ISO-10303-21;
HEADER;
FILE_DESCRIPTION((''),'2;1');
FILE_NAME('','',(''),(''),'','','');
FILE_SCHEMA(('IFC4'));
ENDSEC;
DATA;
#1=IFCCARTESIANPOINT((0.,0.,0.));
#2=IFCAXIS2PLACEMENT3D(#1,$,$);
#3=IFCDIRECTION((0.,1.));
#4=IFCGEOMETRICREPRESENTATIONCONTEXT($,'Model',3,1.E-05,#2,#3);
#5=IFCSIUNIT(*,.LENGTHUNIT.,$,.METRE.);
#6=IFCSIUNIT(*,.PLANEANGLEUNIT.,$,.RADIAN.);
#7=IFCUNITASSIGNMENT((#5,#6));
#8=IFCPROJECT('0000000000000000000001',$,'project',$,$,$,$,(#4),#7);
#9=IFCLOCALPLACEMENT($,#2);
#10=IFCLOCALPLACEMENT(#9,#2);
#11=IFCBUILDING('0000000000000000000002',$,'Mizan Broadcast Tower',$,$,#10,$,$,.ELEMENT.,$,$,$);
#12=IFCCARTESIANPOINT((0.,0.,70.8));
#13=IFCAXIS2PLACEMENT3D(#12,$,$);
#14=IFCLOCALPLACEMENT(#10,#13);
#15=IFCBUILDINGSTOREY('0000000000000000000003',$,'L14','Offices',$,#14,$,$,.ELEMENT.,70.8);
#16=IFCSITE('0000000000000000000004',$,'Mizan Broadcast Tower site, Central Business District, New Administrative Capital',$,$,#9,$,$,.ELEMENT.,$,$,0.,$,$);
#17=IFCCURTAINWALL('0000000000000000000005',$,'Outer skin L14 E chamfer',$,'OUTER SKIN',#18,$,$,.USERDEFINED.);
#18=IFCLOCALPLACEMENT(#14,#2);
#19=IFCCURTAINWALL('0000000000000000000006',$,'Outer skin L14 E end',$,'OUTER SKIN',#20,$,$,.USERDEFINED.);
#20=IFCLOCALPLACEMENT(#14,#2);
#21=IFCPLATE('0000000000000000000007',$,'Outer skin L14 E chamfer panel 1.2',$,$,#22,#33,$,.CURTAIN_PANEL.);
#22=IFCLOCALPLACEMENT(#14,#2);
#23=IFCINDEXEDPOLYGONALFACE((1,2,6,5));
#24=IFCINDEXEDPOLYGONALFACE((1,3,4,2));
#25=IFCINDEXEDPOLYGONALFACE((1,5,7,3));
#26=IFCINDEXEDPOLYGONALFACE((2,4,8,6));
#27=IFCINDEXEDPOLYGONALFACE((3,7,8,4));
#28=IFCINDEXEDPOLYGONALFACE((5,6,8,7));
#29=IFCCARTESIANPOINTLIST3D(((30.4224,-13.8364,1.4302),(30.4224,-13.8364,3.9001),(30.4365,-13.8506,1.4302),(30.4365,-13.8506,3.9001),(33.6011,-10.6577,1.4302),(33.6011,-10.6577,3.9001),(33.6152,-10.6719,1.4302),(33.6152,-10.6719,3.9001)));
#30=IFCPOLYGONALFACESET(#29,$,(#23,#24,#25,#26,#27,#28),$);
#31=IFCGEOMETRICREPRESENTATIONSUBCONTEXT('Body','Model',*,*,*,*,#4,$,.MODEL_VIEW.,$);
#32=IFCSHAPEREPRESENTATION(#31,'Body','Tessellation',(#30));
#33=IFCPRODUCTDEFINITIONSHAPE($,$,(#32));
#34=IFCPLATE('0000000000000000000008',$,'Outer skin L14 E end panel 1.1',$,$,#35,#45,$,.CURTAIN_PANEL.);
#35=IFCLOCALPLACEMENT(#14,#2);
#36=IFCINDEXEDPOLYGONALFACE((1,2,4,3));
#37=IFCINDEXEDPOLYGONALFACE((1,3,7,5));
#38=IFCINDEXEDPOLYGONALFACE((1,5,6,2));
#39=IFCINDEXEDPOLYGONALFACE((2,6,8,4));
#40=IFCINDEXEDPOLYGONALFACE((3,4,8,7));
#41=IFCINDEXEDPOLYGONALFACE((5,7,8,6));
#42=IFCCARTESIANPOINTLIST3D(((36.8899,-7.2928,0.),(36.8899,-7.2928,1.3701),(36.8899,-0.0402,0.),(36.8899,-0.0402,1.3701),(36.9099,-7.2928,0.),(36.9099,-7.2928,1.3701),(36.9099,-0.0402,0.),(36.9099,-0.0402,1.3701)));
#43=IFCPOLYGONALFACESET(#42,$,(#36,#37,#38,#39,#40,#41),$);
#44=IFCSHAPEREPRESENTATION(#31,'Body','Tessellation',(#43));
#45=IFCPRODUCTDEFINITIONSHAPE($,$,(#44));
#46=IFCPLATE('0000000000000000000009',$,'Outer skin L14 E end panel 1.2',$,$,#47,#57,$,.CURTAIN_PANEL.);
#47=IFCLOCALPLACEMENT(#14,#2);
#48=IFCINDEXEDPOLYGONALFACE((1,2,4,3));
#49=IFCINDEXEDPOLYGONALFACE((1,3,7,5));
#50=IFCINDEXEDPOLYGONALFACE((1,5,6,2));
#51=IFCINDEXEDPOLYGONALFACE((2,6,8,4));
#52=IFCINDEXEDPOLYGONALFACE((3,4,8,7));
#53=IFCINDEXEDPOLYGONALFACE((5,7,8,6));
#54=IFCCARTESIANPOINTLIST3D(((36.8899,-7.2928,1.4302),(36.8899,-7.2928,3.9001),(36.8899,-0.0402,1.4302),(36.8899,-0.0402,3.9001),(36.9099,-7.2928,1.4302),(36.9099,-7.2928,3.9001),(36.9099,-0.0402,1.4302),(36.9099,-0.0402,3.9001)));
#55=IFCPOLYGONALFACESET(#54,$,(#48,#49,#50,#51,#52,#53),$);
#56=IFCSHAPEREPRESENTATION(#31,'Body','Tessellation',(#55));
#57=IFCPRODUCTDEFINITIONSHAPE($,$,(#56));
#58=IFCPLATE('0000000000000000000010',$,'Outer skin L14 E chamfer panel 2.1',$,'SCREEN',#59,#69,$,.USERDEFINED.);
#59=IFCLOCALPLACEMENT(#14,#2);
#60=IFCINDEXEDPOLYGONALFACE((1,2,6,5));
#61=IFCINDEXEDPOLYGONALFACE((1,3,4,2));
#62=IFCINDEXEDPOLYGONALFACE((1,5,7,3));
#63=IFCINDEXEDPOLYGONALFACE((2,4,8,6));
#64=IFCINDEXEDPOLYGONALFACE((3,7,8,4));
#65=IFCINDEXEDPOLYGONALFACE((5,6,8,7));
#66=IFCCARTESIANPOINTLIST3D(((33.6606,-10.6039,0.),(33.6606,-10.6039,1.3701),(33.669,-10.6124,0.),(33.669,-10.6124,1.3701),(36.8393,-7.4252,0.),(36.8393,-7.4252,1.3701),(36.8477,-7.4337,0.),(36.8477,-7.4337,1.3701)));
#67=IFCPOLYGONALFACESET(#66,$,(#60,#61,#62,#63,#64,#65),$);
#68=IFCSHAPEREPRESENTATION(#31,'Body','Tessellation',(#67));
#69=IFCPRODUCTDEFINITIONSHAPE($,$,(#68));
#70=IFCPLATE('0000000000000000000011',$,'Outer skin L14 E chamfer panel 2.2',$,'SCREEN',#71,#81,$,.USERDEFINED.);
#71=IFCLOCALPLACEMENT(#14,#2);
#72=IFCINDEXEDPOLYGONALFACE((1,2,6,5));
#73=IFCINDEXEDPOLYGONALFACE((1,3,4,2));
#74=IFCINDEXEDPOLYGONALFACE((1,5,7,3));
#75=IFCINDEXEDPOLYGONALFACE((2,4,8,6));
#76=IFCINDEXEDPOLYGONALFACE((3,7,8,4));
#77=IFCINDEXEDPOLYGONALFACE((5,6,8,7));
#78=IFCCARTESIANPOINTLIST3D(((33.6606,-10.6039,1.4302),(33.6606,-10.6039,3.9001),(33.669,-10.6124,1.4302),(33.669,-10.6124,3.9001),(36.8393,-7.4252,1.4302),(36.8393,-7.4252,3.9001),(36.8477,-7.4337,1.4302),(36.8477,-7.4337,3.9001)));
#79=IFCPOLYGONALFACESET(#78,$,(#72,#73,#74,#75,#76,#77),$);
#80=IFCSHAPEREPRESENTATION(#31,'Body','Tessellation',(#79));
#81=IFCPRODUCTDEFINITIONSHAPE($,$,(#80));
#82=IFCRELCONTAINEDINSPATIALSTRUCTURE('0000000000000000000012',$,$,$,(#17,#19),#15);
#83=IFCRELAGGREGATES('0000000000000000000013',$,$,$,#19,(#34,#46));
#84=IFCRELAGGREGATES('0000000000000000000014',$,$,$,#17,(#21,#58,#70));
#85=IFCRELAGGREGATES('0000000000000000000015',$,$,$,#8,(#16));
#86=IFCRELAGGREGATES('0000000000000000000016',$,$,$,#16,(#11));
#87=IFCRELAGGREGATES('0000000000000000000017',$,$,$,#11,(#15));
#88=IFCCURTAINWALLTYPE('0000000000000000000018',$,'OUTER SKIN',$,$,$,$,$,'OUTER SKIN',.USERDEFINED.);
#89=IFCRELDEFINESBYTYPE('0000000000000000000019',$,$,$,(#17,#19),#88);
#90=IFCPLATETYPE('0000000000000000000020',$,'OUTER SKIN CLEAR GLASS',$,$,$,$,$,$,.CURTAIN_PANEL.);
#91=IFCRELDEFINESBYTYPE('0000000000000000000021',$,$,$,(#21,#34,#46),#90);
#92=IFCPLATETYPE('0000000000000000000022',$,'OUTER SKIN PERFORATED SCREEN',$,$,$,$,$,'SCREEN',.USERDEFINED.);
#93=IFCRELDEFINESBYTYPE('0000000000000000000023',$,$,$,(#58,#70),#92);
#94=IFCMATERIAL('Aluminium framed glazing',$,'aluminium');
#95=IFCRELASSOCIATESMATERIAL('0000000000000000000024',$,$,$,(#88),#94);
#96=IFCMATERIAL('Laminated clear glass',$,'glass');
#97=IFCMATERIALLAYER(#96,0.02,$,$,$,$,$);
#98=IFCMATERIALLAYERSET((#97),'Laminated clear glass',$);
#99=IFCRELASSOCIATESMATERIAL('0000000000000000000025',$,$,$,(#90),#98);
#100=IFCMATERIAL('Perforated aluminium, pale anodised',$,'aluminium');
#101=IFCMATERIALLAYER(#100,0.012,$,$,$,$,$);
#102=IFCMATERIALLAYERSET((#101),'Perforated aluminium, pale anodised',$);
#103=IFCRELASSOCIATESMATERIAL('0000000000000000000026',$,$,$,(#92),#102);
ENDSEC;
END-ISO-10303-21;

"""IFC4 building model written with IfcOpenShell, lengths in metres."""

from ifc_helpers import new_model, si_unit, direction, frame, origin, origin_2d, place, context, subcontext, project, spatial, rectangle, extrude, material, layer, layer_set, type_object, element, aggregate, save


model = new_model("IFC4")

# Units and contexts
model_context = context("Model", 3, precision=1e-05, world=origin(), true_north=direction((0.0, 1.0)))
body_context = subcontext(model_context, "Body", "Model", "MODEL_VIEW")
ifc_project = project(units=[si_unit("LENGTHUNIT", "METRE"), si_unit("PLANEANGLEUNIT", "RADIAN")], contexts=[model_context])

# Site, building, storey
site_placement = place(None, origin())
site = spatial("IfcSite", under=ifc_project, at=site_placement, Name="Mizan Broadcast Tower site, Central Business District, New Administrative Capital", CompositionType="ELEMENT", RefElevation=0.0)
building_placement = place(site_placement, origin())
building = spatial("IfcBuilding", under=site, at=building_placement, Name="Mizan Broadcast Tower", CompositionType="ELEMENT")
storey_placement = place(building_placement, frame((0.0, 0.0, 70.8)))
storey = spatial("IfcBuildingStorey", under=building, at=storey_placement, Name="L14", Description="Offices", CompositionType="ELEMENT", Elevation=70.8)

# Curtain wall
ifc_material_1 = material(Name="Aluminium framed glazing", Category="aluminium")
curtain_wall_type_1 = type_object("IfcCurtainWallType", Name="OUTER SKIN", ElementType="OUTER SKIN", PredefinedType="USERDEFINED", material=ifc_material_1)
curtain_wall_1_placement = place(storey_placement, origin())
curtain_wall_1 = element("IfcCurtainWall", 1, at=curtain_wall_1_placement, inside=storey, type_object=curtain_wall_type_1, Name="Outer skin L14 E chamfer", ObjectType="OUTER SKIN", PredefinedType="USERDEFINED")

# Curtain wall
curtain_wall_2_placement = place(storey_placement, origin())
curtain_wall_2 = element("IfcCurtainWall", 2, at=curtain_wall_2_placement, inside=storey, type_object=curtain_wall_type_1, Name="Outer skin L14 E end", ObjectType="OUTER SKIN", PredefinedType="USERDEFINED")

# Plates
ifc_material_2 = material(Name="Laminated clear glass", Category="glass")
ifc_layer_1 = layer(ifc_material_2, 0.02)
ifc_layer_set_1 = layer_set([ifc_layer_1], Name="Laminated clear glass")
plate_type_1 = type_object("IfcPlateType", Name="OUTER SKIN CLEAR GLASS", PredefinedType="CURTAIN_PANEL", material=ifc_layer_set_1)
plate_1_placement = place(storey_placement, frame((32.0188, -12.2542, 1.4302), z_axis=(0.0, 0.0, 1.0), x_axis=(0.707107, 0.707107, 0.0)))
plate_1 = element("IfcPlate", 3, at=plate_1_placement, type_object=plate_type_1, Name="Outer skin L14 E chamfer panel 1.2", PredefinedType="CURTAIN_PANEL", context=body_context, shape_type="SweptSolid", body=[
    extrude(rectangle(XDim=4.4954, YDim=0.02, at=origin_2d()), origin(), (0.0, 0.0, 1.0), 2.47),
])
plate_2_placement = place(storey_placement, frame((36.8999, -3.6665, 0.0), z_axis=(0.0, 0.0, 1.0), x_axis=(0.0, 1.0, 0.0)))
plate_2 = element("IfcPlate", 4, at=plate_2_placement, type_object=plate_type_1, Name="Outer skin L14 E end panel 1.1", PredefinedType="CURTAIN_PANEL", context=body_context, shape_type="SweptSolid", body=[
    extrude(rectangle(XDim=7.2527, YDim=0.02, at=origin_2d()), origin(), (0.0, 0.0, 1.0), 1.3701),
])
plate_3_placement = place(storey_placement, frame((36.8999, -3.6665, 1.4302), z_axis=(0.0, 0.0, 1.0), x_axis=(0.0, 1.0, 0.0)))
plate_3 = element("IfcPlate", 5, at=plate_3_placement, type_object=plate_type_1, Name="Outer skin L14 E end panel 1.2", PredefinedType="CURTAIN_PANEL", context=body_context, shape_type="SweptSolid", body=[
    extrude(rectangle(XDim=7.2527, YDim=0.02, at=origin_2d()), origin(), (0.0, 0.0, 1.0), 2.47),
])
aggregate(curtain_wall_2, [plate_2, plate_3])
ifc_material_3 = material(Name="Perforated aluminium, pale anodised", Category="aluminium")
ifc_layer_2 = layer(ifc_material_3, 0.012)
ifc_layer_set_2 = layer_set([ifc_layer_2], Name="Perforated aluminium, pale anodised")
plate_type_2 = type_object("IfcPlateType", Name="OUTER SKIN PERFORATED SCREEN", ElementType="SCREEN", PredefinedType="USERDEFINED", material=ifc_layer_set_2)
plate_4_placement = place(storey_placement, frame((35.2542, -9.0188, 0.0), z_axis=(0.0, 0.0, 1.0), x_axis=(0.707107, 0.707107, 0.0)))
plate_4 = element("IfcPlate", 6, at=plate_4_placement, type_object=plate_type_2, Name="Outer skin L14 E chamfer panel 2.1", ObjectType="SCREEN", PredefinedType="USERDEFINED", context=body_context, shape_type="SweptSolid", body=[
    extrude(rectangle(XDim=4.4954, YDim=0.012, at=origin_2d()), origin(), (0.0, 0.0, 1.0), 1.3701),
])
plate_5_placement = place(storey_placement, frame((35.2542, -9.0188, 1.4302), z_axis=(0.0, 0.0, 1.0), x_axis=(0.707107, 0.707107, 0.0)))
plate_5 = element("IfcPlate", 7, at=plate_5_placement, type_object=plate_type_2, Name="Outer skin L14 E chamfer panel 2.2", ObjectType="SCREEN", PredefinedType="USERDEFINED", context=body_context, shape_type="SweptSolid", body=[
    extrude(rectangle(XDim=4.4954, YDim=0.012, at=origin_2d()), origin(), (0.0, 0.0, 1.0), 2.47),
])
aggregate(curtain_wall_1, [plate_1, plate_4, plate_5])

save(model, "model.ifc")
